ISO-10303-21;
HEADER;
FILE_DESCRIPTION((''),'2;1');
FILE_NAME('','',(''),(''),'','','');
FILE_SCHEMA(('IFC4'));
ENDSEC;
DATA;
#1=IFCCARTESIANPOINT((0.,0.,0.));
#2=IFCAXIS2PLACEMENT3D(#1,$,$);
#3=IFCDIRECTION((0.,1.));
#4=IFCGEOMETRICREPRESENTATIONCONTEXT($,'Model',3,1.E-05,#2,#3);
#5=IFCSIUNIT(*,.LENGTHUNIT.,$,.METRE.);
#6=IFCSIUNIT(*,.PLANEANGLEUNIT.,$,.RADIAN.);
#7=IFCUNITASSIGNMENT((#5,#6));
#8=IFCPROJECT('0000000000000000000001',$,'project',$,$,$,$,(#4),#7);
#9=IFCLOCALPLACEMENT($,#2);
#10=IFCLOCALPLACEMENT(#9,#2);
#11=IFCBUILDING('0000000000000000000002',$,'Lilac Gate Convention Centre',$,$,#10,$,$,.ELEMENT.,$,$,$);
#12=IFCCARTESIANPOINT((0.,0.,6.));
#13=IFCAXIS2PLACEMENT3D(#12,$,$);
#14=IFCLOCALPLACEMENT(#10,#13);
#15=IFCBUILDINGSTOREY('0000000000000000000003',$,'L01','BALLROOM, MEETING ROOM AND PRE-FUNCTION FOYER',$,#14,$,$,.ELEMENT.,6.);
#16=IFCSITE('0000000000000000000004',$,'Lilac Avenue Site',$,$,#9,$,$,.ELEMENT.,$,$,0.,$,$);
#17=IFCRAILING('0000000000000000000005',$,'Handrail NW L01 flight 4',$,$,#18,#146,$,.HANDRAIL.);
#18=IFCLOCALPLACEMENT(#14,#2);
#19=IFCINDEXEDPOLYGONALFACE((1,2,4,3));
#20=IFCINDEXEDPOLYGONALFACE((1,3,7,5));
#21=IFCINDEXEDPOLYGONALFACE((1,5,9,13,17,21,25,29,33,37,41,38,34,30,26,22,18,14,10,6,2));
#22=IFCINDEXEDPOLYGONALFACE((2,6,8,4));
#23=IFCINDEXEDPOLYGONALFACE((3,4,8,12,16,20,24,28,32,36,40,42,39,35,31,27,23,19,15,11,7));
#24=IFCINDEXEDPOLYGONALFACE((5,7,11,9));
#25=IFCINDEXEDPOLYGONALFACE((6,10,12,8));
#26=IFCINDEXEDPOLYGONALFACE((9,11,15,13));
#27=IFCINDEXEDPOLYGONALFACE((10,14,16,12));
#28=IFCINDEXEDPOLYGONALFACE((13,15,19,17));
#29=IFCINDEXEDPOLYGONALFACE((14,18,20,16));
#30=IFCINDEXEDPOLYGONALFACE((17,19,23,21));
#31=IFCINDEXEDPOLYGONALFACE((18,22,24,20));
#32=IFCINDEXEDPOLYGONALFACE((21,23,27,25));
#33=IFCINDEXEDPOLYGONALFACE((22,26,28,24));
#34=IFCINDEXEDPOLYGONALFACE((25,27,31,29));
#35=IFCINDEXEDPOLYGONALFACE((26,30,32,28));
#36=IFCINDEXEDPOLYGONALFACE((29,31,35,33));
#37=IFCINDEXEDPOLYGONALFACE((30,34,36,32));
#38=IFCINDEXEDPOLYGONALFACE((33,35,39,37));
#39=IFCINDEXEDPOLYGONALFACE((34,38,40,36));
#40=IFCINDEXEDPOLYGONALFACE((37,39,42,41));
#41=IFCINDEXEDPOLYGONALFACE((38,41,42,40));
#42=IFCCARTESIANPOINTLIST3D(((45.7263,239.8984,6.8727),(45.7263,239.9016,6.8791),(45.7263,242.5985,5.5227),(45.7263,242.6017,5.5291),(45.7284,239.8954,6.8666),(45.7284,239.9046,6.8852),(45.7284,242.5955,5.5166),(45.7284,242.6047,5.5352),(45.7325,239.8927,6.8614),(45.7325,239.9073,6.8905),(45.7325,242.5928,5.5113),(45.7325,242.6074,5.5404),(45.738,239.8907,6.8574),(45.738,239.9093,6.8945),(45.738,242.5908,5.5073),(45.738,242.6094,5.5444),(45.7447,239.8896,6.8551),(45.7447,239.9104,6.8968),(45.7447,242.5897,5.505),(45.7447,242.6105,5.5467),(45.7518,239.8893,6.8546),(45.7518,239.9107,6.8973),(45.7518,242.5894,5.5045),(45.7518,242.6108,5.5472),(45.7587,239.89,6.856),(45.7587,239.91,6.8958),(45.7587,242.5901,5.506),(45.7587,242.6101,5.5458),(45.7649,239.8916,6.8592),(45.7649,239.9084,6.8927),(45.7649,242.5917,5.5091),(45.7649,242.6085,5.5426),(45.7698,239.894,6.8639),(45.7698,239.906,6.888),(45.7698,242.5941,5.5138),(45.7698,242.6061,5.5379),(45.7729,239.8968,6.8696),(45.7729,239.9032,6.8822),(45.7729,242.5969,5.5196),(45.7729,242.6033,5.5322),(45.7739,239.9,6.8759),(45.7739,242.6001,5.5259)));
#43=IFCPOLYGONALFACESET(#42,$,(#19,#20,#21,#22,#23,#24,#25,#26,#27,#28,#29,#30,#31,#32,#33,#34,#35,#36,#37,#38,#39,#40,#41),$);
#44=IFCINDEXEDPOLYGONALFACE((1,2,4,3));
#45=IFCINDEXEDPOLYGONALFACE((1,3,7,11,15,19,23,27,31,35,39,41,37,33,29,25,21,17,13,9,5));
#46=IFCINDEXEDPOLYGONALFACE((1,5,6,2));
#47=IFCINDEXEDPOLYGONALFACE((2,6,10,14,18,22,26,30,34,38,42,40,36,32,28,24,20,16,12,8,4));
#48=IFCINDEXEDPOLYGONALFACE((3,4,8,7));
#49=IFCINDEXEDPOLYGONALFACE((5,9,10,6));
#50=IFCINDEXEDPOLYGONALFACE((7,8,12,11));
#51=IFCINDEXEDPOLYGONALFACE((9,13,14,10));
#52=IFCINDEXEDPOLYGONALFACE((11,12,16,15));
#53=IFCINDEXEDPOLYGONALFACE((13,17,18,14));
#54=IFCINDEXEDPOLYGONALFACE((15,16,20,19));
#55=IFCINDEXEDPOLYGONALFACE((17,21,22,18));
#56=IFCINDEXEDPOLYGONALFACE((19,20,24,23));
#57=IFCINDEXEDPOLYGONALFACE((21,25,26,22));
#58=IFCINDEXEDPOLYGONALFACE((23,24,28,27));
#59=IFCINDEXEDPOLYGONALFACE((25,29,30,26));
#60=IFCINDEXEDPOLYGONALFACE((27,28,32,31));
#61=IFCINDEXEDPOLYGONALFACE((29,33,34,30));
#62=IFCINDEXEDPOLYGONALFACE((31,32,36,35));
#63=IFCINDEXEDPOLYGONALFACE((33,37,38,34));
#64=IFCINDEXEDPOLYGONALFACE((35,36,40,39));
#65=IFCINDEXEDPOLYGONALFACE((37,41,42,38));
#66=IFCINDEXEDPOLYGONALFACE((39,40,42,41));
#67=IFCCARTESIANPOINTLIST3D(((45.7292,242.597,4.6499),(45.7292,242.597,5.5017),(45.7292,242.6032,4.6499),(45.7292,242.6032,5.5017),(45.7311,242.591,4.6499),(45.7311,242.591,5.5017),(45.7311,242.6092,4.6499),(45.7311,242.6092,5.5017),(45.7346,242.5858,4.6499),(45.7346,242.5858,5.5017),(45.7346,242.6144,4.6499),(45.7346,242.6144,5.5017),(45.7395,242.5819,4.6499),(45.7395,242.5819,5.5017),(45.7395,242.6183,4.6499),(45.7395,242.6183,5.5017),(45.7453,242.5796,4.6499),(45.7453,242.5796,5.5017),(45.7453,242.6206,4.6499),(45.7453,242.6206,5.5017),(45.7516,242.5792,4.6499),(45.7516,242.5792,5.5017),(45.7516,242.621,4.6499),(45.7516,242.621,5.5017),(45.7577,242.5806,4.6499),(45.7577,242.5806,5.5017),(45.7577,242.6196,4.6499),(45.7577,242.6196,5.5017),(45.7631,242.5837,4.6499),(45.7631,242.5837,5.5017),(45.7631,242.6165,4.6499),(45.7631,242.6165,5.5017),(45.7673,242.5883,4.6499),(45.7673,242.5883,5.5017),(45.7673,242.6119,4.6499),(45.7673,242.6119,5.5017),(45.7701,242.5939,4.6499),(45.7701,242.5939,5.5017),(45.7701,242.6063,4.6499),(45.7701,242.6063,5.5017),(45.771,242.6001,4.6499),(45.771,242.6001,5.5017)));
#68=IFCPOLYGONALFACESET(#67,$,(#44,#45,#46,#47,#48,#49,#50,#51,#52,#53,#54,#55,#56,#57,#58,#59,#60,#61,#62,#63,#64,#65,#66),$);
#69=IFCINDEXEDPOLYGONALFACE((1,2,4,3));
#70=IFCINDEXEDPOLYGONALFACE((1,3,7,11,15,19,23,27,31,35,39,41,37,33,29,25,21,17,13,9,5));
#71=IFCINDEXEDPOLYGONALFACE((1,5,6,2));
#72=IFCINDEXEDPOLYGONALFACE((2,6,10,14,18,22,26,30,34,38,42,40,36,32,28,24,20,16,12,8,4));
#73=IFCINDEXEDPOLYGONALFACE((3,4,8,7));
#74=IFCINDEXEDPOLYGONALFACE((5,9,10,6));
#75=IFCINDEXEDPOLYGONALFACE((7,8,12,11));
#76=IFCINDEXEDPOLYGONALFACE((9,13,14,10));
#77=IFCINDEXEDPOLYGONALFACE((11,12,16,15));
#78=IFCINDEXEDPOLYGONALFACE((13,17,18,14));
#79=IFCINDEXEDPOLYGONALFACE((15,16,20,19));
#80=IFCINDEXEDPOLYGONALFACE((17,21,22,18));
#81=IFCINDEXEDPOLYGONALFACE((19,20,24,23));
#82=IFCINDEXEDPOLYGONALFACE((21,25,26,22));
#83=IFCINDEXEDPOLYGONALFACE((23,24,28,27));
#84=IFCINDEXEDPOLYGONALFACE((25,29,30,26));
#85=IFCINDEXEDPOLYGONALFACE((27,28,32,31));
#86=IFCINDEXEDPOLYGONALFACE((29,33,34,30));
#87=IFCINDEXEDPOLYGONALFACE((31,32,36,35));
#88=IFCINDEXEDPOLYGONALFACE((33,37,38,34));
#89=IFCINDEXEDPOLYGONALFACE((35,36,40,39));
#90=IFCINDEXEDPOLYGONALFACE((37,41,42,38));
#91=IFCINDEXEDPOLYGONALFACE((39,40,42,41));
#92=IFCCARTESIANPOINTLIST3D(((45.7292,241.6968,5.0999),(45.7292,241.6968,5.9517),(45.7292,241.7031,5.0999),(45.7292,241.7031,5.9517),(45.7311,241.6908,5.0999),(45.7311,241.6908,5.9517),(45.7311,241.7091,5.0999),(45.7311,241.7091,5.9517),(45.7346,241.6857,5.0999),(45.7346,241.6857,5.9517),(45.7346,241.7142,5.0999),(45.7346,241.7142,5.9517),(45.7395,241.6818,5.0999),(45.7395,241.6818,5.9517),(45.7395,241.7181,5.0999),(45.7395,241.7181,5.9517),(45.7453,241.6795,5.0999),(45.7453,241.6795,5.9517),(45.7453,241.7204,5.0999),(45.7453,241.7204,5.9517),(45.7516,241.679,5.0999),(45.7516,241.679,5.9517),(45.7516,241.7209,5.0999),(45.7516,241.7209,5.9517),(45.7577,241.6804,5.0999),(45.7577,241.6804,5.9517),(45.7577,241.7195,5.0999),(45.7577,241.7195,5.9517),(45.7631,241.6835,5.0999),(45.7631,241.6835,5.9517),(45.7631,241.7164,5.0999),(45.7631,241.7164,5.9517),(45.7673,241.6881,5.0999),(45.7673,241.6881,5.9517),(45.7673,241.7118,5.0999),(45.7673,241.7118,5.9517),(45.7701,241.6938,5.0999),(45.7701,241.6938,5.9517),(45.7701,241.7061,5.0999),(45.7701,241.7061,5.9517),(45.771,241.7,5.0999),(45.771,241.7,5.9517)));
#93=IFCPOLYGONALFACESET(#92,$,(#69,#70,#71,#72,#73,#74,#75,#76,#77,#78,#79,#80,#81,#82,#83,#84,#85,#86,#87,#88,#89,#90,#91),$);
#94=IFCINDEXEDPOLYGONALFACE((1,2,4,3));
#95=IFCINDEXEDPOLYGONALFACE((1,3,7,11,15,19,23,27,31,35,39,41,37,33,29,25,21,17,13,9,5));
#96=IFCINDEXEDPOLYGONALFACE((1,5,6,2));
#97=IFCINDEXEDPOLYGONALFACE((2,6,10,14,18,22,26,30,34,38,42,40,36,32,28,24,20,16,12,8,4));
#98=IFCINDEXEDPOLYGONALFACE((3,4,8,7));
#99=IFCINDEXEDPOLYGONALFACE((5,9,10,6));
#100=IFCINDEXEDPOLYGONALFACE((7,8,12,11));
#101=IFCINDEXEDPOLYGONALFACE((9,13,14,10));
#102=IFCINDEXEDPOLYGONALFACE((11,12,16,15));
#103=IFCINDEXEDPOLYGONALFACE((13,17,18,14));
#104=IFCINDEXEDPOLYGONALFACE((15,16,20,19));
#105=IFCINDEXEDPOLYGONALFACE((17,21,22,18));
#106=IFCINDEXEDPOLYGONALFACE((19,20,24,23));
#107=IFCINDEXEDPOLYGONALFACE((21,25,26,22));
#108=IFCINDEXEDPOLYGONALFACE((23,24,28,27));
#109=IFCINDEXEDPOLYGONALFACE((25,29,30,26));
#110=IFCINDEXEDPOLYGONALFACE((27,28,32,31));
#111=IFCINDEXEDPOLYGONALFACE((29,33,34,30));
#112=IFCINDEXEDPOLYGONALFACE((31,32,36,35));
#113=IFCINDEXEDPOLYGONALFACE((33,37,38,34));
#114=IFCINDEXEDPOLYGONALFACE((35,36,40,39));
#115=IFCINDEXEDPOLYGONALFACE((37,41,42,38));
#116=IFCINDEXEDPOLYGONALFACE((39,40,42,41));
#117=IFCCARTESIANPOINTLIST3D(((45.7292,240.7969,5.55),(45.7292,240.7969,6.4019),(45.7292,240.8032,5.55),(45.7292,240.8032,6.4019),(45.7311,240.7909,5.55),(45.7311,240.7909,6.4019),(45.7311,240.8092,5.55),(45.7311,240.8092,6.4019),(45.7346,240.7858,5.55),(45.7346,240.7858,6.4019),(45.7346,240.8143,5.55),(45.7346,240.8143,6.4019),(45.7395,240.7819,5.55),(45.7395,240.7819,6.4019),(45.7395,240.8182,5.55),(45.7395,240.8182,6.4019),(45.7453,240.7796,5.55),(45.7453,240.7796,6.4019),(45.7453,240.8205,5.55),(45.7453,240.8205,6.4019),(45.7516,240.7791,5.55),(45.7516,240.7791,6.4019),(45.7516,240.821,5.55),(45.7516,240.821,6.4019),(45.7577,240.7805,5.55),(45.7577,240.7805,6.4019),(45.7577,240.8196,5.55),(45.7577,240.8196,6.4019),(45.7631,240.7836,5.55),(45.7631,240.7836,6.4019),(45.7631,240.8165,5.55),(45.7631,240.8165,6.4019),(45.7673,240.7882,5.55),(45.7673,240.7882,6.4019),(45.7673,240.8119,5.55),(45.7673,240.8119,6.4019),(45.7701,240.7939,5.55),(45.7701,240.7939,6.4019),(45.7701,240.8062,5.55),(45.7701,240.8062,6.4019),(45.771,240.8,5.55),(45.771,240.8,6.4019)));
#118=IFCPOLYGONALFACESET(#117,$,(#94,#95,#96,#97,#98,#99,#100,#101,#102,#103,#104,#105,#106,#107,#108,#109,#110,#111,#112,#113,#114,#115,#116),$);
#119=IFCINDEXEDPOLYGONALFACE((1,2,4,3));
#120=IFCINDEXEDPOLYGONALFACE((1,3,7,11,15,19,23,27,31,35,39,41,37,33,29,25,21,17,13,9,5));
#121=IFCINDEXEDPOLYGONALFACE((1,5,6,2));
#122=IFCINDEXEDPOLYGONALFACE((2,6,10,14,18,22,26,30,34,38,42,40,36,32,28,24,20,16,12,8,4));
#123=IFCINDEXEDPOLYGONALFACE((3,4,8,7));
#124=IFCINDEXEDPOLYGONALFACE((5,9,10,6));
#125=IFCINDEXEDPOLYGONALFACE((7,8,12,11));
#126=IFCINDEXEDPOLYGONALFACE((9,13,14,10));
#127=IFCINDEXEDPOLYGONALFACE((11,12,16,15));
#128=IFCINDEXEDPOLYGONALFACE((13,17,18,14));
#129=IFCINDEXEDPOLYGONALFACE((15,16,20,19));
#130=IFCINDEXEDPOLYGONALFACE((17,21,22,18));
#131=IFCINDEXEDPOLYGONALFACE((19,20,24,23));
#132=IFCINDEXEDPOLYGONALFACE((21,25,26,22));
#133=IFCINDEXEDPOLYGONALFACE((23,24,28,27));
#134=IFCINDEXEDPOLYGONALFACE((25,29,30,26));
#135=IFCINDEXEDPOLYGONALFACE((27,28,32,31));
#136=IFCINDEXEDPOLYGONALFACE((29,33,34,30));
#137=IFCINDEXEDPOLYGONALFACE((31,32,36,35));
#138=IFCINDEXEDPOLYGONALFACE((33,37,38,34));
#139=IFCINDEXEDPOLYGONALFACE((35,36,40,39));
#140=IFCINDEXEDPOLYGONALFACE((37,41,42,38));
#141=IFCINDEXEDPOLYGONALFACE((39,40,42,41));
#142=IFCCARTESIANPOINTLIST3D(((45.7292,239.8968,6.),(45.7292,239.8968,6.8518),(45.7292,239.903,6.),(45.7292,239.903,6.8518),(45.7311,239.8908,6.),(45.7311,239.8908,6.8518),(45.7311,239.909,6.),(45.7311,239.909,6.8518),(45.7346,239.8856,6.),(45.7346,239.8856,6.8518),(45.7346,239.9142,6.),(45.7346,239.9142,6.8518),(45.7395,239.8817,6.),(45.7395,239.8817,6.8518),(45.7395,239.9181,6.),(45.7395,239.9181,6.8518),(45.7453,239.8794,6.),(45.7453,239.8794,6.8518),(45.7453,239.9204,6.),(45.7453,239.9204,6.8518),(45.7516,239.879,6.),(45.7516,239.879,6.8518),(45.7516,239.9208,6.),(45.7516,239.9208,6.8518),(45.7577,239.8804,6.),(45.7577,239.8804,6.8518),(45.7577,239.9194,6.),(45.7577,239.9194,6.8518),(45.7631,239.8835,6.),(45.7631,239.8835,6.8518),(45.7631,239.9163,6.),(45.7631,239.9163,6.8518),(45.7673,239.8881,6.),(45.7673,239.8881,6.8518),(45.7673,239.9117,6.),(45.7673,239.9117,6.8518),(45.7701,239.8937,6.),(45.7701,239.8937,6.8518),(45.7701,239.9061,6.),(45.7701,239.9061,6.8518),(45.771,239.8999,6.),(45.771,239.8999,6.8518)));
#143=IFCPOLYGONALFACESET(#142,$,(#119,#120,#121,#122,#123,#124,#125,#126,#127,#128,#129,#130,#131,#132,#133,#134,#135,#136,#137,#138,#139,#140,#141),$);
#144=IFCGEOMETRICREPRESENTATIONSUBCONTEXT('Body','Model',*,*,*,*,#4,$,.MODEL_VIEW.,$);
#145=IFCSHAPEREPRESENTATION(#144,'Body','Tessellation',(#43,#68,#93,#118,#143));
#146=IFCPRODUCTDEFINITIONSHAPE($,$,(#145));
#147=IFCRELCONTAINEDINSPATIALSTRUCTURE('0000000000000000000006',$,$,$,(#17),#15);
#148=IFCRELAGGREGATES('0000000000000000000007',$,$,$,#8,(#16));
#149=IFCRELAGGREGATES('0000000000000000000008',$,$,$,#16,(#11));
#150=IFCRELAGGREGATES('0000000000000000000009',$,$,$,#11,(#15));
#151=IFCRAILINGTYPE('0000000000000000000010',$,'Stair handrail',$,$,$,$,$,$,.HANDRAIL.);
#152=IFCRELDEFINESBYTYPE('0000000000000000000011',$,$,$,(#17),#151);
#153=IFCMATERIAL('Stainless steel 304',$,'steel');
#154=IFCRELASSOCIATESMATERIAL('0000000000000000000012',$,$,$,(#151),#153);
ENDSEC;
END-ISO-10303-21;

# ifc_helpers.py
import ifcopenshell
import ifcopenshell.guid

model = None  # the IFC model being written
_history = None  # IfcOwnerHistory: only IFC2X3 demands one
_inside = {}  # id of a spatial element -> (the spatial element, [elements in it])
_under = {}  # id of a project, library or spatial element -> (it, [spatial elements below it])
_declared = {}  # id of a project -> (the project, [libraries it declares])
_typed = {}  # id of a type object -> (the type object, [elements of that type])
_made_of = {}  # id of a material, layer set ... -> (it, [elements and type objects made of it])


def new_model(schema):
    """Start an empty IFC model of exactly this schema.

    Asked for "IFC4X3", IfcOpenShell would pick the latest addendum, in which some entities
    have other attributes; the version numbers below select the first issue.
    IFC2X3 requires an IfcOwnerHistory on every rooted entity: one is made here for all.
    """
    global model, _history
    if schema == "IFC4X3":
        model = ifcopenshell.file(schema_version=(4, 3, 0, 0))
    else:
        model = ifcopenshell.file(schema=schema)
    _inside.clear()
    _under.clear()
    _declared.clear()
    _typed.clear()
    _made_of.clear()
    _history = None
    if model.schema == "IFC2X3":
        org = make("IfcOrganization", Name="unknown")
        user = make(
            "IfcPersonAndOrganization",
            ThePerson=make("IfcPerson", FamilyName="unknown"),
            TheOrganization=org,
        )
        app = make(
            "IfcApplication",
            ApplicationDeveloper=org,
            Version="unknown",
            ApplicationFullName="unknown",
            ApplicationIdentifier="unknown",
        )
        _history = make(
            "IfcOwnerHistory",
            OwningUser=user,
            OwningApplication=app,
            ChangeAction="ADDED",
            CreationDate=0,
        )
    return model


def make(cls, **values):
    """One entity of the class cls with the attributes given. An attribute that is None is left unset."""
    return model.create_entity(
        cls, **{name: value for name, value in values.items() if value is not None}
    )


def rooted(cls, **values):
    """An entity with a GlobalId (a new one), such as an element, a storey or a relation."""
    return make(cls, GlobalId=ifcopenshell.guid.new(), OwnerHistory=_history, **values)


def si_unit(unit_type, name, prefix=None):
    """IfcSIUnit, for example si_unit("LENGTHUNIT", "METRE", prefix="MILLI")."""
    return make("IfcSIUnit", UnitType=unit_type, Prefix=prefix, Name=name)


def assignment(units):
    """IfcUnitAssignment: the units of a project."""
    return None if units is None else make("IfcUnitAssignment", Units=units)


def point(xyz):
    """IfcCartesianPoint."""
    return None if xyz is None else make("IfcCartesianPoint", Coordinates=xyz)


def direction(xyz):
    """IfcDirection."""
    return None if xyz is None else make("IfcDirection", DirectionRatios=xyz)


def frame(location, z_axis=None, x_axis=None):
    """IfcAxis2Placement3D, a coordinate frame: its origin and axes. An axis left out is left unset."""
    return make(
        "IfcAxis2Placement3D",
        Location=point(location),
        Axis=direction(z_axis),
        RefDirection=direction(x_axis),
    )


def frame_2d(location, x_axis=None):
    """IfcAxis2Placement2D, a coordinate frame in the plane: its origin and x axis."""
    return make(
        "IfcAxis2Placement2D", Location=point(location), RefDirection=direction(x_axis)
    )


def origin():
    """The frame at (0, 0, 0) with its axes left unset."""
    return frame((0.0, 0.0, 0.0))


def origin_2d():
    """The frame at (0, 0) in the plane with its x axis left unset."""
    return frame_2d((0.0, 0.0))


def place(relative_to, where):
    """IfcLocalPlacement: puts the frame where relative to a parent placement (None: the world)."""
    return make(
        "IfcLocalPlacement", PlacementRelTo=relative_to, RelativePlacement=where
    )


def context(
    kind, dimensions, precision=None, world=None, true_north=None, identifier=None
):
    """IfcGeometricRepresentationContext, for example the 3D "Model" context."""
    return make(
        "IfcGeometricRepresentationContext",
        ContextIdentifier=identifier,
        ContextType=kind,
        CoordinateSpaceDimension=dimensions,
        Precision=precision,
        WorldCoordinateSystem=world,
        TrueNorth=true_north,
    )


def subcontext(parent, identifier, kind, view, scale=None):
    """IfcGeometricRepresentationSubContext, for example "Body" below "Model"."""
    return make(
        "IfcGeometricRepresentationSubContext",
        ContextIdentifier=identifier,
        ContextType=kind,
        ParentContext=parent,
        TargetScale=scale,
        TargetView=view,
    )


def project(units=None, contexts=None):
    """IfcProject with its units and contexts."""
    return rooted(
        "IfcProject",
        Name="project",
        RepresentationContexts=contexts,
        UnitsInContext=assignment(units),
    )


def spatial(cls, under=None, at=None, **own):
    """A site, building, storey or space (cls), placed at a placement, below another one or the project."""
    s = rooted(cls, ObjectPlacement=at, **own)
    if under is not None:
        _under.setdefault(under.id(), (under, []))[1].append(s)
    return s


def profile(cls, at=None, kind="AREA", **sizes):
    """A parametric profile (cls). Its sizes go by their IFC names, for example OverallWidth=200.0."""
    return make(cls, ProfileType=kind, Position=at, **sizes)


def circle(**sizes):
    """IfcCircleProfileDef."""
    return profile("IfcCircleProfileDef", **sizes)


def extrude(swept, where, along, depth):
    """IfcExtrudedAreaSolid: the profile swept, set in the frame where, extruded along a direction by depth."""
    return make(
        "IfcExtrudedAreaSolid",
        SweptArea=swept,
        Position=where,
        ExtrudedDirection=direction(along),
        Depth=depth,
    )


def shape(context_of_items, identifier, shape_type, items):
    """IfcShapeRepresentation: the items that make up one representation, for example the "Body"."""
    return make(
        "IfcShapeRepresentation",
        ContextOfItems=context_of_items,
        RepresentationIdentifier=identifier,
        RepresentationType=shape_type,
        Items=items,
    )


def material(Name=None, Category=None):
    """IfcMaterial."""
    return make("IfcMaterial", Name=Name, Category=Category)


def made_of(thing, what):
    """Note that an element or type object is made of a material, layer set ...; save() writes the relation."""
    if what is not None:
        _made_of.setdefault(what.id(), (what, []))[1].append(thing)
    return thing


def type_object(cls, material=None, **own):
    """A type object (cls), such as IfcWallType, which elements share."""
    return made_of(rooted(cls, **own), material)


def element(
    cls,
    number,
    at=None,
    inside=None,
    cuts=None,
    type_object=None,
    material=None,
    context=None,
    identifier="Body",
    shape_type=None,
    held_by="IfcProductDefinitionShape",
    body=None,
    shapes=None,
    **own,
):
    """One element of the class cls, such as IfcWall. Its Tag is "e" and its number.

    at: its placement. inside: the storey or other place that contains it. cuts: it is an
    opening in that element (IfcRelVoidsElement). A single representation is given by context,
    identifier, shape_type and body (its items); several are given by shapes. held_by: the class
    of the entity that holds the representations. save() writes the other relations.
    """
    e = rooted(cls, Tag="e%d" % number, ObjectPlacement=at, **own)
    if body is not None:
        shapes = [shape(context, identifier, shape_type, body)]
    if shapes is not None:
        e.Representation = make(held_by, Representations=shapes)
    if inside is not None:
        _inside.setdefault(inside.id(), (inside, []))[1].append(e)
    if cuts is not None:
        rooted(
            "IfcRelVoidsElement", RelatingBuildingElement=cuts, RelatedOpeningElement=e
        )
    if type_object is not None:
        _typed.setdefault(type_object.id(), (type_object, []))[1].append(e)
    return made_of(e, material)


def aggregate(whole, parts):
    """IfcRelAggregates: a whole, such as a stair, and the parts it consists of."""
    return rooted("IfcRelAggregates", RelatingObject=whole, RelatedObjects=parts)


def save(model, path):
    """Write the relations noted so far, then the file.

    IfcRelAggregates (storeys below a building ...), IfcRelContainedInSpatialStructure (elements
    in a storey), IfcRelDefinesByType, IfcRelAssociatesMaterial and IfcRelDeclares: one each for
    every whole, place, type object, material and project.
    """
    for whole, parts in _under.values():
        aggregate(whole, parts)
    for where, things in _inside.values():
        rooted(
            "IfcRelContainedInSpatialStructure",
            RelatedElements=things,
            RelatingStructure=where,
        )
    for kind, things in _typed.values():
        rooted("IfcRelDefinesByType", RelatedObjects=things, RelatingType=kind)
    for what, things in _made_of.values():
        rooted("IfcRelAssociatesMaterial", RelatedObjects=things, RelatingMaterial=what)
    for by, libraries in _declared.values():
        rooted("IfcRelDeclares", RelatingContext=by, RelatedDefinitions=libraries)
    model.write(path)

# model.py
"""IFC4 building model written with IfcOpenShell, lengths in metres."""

from ifc_helpers import new_model, si_unit, direction, frame, origin, origin_2d, place, context, subcontext, project, spatial, circle, extrude, material, type_object, element, save


model = new_model("IFC4")

# Units and contexts
model_context = context("Model", 3, precision=1e-05, world=origin(), true_north=direction((0.0, 1.0)))
body_context = subcontext(model_context, "Body", "Model", "MODEL_VIEW")
ifc_project = project(units=[si_unit("LENGTHUNIT", "METRE"), si_unit("PLANEANGLEUNIT", "RADIAN")], contexts=[model_context])

# Site, building, storey
site_placement = place(None, origin())
site = spatial("IfcSite", under=ifc_project, at=site_placement, Name="Lilac Avenue Site", CompositionType="ELEMENT", RefElevation=0.0)
building_placement = place(site_placement, origin())
building = spatial("IfcBuilding", under=site, at=building_placement, Name="Lilac Gate Convention Centre", CompositionType="ELEMENT")
storey_placement = place(building_placement, frame((0.0, 0.0, 6.0)))
storey = spatial("IfcBuildingStorey", under=building, at=storey_placement, Name="L01", Description="BALLROOM, MEETING ROOM AND PRE-FUNCTION FOYER", CompositionType="ELEMENT", Elevation=6.0)

# Railing
ifc_material_1 = material(Name="Stainless steel 304", Category="steel")
railing_type = type_object("IfcRailingType", Name="Stair handrail", PredefinedType="HANDRAIL", material=ifc_material_1)
for number, where, name in (
    (1, (45.75, 242.6001, 4.6499), "Handrail NW L01 flight 4"),
):
    element("IfcRailing", number, at=place(storey_placement, frame(where)), inside=storey, type_object=railing_type, Name=name, PredefinedType="HANDRAIL", context=body_context, shape_type="SweptSolid", body=[
        extrude(circle(Radius=0.0239, at=origin_2d()), frame((0.0, 0.0, 0.876), z_axis=(0.0, -0.894427, 0.447214), x_axis=(1.0, 0.0, 0.0)), (0.0, 0.0, 1.0), 3.0188),
        extrude(circle(Radius=0.021, at=origin_2d()), origin(), (0.0, 0.0, 1.0), 0.8518),
        extrude(circle(Radius=0.021, at=origin_2d()), frame((0.0, -0.9001, 0.45)), (0.0, 0.0, 1.0), 0.8518),
        extrude(circle(Radius=0.021, at=origin_2d()), frame((0.0, -1.8, 0.9001)), (0.0, 0.0, 1.0), 0.8518),
        extrude(circle(Radius=0.021, at=origin_2d()), frame((0.0, -2.7002, 1.3501)), (0.0, 0.0, 1.0), 0.8518),
    ])

save(model, "model.ifc")
